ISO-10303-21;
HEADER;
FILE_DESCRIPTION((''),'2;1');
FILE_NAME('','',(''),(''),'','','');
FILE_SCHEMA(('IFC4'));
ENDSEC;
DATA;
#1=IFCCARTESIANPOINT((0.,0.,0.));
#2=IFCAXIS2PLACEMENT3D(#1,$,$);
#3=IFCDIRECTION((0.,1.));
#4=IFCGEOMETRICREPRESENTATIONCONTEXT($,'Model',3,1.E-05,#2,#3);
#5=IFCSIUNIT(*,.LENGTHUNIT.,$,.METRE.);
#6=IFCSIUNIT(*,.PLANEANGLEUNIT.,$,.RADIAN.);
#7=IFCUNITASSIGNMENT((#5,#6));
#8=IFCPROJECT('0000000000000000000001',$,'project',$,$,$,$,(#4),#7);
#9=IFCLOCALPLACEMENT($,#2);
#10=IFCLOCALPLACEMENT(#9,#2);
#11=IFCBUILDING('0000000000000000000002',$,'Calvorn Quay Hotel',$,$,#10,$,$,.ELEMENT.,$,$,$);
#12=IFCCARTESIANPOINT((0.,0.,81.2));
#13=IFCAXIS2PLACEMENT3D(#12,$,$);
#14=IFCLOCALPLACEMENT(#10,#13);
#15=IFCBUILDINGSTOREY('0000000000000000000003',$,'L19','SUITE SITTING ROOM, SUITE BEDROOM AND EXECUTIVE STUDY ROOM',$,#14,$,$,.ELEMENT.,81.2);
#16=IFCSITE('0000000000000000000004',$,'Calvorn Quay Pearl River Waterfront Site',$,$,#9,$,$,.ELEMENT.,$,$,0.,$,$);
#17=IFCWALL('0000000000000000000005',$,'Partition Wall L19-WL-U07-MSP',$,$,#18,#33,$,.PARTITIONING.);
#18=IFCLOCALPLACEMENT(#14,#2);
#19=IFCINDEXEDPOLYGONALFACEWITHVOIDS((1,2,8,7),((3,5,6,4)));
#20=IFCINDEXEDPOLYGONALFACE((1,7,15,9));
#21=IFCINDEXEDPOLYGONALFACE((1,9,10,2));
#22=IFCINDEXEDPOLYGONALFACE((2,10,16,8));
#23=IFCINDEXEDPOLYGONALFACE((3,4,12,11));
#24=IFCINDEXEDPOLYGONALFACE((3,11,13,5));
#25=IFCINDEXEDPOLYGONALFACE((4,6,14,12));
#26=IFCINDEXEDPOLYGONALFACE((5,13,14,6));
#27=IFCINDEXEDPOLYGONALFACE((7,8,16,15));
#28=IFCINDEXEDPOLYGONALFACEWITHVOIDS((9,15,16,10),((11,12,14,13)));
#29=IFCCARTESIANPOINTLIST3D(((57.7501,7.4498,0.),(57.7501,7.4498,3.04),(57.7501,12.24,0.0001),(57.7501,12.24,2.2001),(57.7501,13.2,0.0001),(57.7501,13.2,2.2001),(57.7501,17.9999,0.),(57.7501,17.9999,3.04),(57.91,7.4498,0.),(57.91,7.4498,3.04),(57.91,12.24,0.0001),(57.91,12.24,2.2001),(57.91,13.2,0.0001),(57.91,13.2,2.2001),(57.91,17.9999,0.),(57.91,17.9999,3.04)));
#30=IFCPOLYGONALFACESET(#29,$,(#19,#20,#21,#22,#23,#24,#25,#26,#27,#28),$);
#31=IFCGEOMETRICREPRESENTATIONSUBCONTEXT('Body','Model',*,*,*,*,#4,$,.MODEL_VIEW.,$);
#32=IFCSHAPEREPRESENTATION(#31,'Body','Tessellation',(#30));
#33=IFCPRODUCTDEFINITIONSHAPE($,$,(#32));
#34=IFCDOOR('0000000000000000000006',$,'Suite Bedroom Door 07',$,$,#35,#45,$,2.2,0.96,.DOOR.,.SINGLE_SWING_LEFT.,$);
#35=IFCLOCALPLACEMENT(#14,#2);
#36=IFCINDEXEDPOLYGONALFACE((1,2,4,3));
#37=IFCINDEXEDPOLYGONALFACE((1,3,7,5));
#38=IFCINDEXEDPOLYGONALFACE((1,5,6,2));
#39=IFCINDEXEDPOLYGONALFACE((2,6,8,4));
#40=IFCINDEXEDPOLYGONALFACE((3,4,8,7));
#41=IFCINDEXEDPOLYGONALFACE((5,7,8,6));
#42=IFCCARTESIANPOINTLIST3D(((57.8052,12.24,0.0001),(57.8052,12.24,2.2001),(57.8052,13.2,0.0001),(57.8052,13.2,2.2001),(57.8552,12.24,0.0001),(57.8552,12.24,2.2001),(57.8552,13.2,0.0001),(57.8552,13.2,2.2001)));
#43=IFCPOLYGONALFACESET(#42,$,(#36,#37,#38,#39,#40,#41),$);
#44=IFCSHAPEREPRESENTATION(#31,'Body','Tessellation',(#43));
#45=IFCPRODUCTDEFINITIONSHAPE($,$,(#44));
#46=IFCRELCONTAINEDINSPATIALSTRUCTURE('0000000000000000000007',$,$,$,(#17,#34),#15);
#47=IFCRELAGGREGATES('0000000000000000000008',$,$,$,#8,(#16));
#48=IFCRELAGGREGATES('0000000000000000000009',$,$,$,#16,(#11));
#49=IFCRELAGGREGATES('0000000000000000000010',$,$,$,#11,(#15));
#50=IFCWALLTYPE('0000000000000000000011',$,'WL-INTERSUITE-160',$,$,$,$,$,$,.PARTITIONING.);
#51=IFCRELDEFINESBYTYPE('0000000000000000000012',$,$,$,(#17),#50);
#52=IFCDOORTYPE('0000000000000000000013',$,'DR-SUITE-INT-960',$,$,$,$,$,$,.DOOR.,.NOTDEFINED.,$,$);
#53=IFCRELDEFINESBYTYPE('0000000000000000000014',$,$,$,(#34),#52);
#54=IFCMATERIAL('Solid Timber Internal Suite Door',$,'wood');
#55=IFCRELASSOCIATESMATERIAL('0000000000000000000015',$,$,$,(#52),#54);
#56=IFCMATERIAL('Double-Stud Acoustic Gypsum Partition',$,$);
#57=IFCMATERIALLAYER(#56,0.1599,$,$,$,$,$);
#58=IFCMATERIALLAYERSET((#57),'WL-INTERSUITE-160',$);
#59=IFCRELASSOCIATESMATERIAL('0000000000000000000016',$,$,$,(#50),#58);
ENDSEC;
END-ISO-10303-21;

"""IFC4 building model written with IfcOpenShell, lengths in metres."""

from ifc_helpers import new_model, si_unit, direction, frame, frame_2d, origin, place, context, subcontext, project, spatial, rectangle, extrude, material, layer, layer_set, type_object, element, fill, save


model = new_model("IFC4")

# Units and contexts
model_context = context("Model", 3, precision=1e-05, world=origin(), true_north=direction((0.0, 1.0)))
body_context = subcontext(model_context, "Body", "Model", "MODEL_VIEW")
ifc_project = project(units=[si_unit("LENGTHUNIT", "METRE"), si_unit("PLANEANGLEUNIT", "RADIAN")], contexts=[model_context])

# Site, building, storey
site_placement = place(None, origin())
site = spatial("IfcSite", under=ifc_project, at=site_placement, Name="Calvorn Quay Pearl River Waterfront Site", CompositionType="ELEMENT", RefElevation=0.0)
building_placement = place(site_placement, origin())
building = spatial("IfcBuilding", under=site, at=building_placement, Name="Calvorn Quay Hotel", CompositionType="ELEMENT")
storey_placement = place(building_placement, frame((0.0, 0.0, 81.2)))
storey = spatial("IfcBuildingStorey", under=building, at=storey_placement, Name="L19", Description="SUITE SITTING ROOM, SUITE BEDROOM AND EXECUTIVE STUDY ROOM", CompositionType="ELEMENT", Elevation=81.2)

# Shared definitions
ifc_material_1 = material(Name="Solid Timber Internal Suite Door", Category="wood")
door_type_1 = type_object("IfcDoorType", Name="DR-SUITE-INT-960", OperationType="NOTDEFINED", PredefinedType="DOOR", material=ifc_material_1)

# Shared definitions
ifc_material_2 = material(Name="Double-Stud Acoustic Gypsum Partition")
ifc_layer_1 = layer(ifc_material_2, 0.1599)
ifc_layer_set_1 = layer_set([ifc_layer_1], Name="WL-INTERSUITE-160")
wall_type_1 = type_object("IfcWallType", Name="WL-INTERSUITE-160", PredefinedType="PARTITIONING", material=ifc_layer_set_1)

# Wall, opening, door
wall_1_placement = place(storey_placement, frame((57.8301, 7.45, 0.0), z_axis=(0.0, 0.0, 1.0), x_axis=(0.0, 1.0, 0.0)))
wall_1 = element("IfcWall", 1, at=wall_1_placement, inside=storey, type_object=wall_type_1, Name="Partition Wall L19-WL-U07-MSP", PredefinedType="PARTITIONING", context=body_context, shape_type="SweptSolid", body=[
    extrude(rectangle(XDim=10.55, YDim=0.1599, at=frame_2d((5.2749, 0.0))), origin(), (0.0, 0.0, 1.0), 3.04),
])
opening_1_placement = place(wall_1_placement, frame((4.79, 0.0, 0.0)))
opening_1 = element("IfcOpeningElement", 2, at=opening_1_placement, cuts=wall_1, PredefinedType="OPENING", context=body_context, shape_type="SweptSolid", body=[
    extrude(rectangle(XDim=0.96, YDim=2.2, at=frame_2d((0.48, 1.1001))), frame((0.0, 0.0898, 0.0), z_axis=(0.0, -1.0, 0.0), x_axis=(1.0, 0.0, 0.0)), (0.0, 0.0, 1.0), 0.1799),
])
door_1_placement = place(opening_1_placement, origin())
door_1 = element("IfcDoor", 3, at=door_1_placement, inside=storey, type_object=door_type_1, Name="Suite Bedroom Door 07", OperationType="SINGLE_SWING_LEFT", OverallHeight=2.2, OverallWidth=0.96, PredefinedType="DOOR", context=body_context, shape_type="SweptSolid", body=[
    extrude(rectangle(XDim=0.96, YDim=2.2, at=frame_2d((0.48, 1.1001))), frame((0.0, 0.0249, 0.0), z_axis=(0.0, -1.0, 0.0), x_axis=(1.0, 0.0, 0.0)), (0.0, 0.0, 1.0), 0.05),
])
fill(opening_1, door_1)

save(model, "model.ifc")
